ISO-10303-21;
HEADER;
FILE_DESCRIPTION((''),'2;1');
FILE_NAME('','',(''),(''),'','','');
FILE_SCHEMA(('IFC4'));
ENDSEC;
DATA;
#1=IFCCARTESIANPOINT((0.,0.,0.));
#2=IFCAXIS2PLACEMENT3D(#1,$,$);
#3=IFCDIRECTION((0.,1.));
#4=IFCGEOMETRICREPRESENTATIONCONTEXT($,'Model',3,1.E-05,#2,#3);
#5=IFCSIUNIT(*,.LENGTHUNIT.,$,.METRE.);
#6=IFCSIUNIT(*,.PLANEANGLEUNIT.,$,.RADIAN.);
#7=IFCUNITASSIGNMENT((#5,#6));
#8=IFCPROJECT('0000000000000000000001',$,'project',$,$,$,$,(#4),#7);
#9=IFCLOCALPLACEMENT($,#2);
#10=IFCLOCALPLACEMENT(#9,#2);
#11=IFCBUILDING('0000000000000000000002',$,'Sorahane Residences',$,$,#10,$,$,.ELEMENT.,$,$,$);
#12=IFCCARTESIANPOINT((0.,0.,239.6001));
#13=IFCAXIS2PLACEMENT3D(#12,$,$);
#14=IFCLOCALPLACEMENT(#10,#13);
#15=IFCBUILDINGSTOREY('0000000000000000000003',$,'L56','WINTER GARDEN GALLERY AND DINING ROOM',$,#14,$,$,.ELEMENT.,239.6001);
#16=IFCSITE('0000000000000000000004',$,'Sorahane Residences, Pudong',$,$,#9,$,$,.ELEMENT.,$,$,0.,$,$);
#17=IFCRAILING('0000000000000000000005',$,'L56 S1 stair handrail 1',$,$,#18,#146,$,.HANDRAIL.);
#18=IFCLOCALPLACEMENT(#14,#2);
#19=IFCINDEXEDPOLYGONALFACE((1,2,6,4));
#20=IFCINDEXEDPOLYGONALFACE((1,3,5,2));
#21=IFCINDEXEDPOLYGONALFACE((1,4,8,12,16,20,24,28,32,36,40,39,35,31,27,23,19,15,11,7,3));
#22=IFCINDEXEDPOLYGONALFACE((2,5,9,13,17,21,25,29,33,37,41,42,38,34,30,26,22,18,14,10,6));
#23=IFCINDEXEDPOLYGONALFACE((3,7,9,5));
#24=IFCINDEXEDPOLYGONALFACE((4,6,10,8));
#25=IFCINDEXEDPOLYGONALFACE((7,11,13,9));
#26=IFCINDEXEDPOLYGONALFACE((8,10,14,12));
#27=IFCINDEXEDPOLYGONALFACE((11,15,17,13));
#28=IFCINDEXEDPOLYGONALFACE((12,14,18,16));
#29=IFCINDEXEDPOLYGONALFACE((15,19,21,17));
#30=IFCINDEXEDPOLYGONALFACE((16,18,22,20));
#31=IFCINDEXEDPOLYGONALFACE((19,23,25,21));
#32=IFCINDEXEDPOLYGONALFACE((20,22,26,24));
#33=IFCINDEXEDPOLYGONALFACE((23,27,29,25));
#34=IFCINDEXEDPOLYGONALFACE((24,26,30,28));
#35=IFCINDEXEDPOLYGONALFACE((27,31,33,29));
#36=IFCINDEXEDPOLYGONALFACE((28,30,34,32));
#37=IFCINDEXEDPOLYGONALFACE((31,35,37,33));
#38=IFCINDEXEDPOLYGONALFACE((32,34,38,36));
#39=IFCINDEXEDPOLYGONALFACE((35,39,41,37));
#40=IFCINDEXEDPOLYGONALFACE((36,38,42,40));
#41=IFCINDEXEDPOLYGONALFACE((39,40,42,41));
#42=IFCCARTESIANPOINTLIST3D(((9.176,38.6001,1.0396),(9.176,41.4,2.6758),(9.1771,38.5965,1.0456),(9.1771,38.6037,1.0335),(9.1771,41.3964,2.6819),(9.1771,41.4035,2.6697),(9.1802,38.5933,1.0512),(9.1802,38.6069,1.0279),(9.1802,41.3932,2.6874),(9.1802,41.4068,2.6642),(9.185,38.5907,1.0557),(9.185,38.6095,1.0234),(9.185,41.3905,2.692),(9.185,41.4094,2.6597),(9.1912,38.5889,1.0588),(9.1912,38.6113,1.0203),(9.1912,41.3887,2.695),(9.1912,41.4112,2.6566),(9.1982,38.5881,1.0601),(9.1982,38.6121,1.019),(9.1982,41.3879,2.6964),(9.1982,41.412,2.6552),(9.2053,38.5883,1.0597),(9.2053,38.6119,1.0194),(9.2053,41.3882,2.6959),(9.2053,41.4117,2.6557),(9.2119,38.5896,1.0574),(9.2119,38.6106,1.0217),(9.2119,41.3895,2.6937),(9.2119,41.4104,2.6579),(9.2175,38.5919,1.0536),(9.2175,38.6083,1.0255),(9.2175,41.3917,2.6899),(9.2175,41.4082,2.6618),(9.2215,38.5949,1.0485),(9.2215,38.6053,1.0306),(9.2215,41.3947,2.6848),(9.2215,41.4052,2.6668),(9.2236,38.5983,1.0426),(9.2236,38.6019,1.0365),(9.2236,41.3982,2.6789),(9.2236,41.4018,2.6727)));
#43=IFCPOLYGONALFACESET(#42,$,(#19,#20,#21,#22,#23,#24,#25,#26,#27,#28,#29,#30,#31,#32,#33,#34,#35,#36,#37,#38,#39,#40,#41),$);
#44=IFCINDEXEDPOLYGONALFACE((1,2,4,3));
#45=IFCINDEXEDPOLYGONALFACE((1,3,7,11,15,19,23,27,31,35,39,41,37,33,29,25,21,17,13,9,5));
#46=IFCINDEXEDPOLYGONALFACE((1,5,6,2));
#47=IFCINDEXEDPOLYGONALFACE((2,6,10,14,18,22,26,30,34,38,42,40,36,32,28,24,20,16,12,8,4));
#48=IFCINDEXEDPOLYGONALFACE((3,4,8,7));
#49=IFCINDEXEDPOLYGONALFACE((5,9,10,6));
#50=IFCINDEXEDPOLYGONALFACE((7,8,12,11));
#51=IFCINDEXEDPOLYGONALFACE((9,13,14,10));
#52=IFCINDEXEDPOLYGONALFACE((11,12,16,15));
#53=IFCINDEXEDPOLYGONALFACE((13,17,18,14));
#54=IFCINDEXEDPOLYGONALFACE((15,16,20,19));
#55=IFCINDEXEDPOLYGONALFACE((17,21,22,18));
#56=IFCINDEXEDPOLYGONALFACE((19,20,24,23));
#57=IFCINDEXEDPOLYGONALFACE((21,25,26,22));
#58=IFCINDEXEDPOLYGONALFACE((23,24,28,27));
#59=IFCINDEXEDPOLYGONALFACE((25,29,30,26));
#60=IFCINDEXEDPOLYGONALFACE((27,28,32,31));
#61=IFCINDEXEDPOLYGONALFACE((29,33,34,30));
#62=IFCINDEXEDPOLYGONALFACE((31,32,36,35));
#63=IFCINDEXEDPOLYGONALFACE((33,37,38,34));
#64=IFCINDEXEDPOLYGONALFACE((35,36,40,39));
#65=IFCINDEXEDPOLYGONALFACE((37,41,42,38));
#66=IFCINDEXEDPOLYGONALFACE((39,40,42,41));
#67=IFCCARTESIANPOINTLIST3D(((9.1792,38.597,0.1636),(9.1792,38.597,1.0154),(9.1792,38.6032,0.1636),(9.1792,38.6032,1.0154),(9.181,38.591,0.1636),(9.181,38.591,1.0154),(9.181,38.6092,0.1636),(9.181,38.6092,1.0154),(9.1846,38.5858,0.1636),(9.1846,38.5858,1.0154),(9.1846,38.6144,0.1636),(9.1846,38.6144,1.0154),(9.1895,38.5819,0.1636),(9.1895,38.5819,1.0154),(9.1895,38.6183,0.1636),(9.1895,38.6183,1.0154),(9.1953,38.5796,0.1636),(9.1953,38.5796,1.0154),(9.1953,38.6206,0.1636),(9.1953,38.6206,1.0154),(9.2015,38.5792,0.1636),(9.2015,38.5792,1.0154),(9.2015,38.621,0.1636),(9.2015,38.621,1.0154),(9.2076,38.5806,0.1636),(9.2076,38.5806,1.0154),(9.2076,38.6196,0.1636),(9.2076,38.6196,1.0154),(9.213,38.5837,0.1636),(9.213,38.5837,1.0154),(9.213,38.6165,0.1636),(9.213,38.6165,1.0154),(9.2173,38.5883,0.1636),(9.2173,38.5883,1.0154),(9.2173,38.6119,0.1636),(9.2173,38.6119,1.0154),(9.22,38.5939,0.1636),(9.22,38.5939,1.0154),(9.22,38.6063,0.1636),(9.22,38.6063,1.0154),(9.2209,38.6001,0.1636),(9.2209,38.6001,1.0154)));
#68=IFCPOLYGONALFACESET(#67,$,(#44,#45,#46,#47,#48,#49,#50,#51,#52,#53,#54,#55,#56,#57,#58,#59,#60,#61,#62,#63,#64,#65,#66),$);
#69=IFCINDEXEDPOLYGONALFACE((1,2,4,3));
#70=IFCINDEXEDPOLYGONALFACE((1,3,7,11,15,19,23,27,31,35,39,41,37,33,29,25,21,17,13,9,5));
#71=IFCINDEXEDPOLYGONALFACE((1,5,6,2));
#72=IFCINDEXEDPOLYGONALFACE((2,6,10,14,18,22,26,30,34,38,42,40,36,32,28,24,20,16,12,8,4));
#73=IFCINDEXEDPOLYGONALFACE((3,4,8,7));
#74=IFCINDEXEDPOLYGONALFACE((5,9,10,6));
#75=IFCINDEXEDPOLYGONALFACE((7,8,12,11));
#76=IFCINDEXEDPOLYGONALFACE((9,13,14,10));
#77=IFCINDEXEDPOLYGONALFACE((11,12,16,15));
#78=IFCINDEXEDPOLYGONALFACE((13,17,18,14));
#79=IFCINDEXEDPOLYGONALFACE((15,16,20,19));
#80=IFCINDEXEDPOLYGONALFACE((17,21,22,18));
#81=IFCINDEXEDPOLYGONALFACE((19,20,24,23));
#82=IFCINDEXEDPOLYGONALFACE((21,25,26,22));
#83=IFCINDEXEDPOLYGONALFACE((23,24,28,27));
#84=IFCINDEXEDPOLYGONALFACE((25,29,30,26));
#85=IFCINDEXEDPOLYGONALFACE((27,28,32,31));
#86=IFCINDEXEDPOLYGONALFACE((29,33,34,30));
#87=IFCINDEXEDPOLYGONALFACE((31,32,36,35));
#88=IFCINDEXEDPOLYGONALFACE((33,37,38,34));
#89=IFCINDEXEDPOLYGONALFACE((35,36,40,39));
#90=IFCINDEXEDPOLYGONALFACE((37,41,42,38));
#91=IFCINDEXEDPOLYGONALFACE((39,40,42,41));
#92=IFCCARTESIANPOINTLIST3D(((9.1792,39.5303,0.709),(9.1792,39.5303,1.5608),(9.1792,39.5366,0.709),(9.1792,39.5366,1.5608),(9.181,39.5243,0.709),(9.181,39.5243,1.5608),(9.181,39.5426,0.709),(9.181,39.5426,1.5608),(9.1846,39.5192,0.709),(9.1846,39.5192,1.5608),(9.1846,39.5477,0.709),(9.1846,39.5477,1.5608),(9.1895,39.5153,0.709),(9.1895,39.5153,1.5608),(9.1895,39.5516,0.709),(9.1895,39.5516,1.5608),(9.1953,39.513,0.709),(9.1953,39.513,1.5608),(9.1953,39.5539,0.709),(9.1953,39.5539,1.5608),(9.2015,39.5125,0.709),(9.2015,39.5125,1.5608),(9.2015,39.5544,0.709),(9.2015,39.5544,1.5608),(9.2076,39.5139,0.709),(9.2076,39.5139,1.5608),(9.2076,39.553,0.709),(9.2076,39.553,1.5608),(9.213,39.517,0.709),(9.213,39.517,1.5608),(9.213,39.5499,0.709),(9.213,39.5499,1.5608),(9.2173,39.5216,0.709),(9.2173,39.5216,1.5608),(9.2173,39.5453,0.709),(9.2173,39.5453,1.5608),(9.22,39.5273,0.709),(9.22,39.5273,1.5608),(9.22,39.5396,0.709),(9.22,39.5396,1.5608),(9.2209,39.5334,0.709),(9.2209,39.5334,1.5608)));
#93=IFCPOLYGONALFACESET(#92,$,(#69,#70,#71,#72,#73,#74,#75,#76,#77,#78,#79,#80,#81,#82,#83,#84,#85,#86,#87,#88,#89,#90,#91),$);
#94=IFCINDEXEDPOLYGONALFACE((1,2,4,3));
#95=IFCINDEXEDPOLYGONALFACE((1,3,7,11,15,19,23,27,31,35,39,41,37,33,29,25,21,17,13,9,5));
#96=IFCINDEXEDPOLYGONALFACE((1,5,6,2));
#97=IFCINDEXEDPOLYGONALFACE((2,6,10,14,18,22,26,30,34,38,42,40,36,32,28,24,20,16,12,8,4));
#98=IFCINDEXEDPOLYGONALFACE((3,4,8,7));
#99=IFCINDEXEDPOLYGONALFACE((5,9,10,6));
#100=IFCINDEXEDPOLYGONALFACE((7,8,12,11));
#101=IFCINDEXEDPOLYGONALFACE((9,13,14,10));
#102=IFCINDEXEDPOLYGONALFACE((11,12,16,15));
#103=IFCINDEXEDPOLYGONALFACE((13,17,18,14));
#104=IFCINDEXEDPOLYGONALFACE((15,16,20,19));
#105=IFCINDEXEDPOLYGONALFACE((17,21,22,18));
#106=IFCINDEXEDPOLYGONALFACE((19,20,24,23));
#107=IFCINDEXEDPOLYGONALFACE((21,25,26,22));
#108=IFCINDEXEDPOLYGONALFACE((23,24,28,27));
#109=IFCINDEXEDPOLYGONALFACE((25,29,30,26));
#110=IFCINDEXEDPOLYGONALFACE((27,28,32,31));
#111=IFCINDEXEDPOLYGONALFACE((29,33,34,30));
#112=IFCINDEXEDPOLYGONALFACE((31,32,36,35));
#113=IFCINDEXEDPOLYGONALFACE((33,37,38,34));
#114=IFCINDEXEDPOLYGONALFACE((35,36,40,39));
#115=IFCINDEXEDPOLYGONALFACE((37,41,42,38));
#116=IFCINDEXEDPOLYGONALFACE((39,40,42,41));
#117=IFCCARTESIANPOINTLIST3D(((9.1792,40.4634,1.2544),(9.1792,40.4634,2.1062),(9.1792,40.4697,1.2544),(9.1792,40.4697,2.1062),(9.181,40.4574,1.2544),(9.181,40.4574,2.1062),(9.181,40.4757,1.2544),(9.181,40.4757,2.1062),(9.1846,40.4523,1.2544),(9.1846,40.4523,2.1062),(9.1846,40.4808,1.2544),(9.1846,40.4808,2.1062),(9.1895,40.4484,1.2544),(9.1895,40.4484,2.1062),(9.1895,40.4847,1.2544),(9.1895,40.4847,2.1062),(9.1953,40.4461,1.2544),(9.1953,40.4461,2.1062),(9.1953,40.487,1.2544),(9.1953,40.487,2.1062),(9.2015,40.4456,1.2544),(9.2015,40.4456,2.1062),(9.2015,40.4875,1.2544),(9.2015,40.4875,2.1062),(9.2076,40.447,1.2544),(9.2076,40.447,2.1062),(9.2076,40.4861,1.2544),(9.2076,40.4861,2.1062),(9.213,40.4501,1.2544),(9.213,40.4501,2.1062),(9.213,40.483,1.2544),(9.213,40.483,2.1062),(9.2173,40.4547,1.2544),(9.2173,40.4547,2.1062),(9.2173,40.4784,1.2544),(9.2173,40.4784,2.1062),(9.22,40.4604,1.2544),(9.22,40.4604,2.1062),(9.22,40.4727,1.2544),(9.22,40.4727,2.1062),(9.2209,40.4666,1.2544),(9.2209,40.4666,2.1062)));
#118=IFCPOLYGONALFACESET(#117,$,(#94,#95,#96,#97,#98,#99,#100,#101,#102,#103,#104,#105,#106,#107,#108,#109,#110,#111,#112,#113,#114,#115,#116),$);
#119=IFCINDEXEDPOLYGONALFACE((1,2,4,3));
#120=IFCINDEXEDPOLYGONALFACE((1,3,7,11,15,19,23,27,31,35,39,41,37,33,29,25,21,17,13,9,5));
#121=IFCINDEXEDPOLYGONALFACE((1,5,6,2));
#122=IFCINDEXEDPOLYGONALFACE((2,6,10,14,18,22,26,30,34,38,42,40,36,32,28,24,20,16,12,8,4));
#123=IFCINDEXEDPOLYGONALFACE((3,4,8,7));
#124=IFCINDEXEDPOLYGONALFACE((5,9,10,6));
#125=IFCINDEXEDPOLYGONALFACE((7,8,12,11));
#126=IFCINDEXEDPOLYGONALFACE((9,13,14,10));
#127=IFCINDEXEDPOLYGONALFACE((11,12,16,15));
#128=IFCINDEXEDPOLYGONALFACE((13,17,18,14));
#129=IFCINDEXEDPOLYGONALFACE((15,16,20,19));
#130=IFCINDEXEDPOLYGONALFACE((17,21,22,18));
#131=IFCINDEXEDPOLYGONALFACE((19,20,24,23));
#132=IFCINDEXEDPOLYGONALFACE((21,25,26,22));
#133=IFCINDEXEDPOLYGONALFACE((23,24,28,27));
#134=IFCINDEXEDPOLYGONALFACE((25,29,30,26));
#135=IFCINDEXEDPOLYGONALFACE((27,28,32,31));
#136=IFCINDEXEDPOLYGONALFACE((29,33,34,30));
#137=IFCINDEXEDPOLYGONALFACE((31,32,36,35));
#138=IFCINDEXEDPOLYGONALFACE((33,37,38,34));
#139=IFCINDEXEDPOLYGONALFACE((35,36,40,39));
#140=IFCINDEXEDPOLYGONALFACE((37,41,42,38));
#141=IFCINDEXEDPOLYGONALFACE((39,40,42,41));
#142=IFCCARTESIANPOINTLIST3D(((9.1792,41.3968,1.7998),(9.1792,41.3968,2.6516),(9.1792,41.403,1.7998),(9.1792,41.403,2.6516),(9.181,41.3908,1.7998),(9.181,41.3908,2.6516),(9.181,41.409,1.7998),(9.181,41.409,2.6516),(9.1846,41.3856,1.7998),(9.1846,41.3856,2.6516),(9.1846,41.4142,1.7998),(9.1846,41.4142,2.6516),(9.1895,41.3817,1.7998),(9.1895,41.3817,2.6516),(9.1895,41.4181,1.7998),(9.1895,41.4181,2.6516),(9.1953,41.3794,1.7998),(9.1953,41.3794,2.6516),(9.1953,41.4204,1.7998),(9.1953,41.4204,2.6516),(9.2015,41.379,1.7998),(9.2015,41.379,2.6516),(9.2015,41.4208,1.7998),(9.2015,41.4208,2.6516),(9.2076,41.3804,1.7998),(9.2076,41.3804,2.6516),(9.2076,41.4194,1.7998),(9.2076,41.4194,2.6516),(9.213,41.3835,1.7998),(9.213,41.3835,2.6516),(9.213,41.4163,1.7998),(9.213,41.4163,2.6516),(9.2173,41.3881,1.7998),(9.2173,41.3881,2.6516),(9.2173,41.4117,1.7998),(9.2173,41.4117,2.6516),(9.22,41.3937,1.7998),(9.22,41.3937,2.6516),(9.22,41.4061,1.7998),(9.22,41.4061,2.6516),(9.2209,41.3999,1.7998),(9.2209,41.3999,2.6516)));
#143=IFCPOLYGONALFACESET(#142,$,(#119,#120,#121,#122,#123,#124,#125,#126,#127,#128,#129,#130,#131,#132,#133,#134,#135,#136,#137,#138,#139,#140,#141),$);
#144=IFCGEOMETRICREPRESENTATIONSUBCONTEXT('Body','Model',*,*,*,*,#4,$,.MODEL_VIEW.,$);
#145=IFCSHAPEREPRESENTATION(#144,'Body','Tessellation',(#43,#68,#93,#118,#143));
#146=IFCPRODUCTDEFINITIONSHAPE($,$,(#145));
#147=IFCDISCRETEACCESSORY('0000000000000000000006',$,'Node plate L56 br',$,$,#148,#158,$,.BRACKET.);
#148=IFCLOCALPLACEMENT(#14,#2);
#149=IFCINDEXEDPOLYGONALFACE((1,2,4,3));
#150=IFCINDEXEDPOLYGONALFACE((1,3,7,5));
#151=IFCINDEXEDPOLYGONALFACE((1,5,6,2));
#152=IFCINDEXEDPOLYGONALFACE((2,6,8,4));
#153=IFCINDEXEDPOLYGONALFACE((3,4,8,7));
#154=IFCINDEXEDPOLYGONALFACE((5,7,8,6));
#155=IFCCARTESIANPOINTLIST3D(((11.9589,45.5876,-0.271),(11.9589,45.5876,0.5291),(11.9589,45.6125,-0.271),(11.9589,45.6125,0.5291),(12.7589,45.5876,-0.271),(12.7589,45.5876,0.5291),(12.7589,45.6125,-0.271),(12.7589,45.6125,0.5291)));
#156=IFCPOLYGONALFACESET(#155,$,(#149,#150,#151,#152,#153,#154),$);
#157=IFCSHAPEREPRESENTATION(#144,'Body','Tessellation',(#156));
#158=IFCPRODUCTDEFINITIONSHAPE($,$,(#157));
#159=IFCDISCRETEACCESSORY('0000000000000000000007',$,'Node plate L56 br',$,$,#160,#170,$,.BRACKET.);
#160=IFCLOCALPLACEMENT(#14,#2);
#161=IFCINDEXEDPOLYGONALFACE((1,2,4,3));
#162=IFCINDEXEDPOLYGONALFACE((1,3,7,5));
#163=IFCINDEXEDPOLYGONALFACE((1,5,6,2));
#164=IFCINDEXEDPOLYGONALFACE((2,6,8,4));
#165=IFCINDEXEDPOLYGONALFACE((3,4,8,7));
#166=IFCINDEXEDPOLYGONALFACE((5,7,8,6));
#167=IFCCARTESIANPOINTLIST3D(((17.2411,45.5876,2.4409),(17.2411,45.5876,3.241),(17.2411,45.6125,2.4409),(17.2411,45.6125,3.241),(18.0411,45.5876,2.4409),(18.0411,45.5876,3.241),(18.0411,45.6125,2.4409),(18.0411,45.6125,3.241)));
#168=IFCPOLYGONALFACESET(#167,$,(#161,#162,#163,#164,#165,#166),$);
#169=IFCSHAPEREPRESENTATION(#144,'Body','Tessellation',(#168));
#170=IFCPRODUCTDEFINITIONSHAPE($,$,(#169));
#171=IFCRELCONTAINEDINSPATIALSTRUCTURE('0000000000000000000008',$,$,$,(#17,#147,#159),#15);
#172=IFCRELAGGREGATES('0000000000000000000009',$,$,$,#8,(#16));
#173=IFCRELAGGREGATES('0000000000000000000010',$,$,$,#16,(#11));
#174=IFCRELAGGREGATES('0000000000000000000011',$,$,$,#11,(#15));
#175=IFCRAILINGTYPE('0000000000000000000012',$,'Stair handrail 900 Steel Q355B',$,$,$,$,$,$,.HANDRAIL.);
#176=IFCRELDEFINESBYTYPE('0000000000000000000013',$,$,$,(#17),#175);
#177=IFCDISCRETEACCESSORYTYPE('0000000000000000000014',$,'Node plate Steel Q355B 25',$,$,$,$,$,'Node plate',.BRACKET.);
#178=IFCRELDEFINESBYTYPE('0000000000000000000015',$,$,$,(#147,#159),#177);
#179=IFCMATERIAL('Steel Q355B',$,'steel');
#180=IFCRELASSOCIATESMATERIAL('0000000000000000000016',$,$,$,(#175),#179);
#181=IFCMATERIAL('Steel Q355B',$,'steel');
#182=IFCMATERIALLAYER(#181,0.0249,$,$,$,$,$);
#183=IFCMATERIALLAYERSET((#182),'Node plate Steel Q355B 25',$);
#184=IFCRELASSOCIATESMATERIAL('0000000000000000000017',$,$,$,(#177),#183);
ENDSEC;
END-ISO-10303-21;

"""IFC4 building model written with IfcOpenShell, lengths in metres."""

from ifc_helpers import new_model, si_unit, direction, frame, origin, origin_2d, place, context, subcontext, project, spatial, rectangle, circle, extrude, material, layer, layer_set, type_object, element, save


model = new_model("IFC4")

# Units and contexts
model_context = context("Model", 3, precision=1e-05, world=origin(), true_north=direction((0.0, 1.0)))
body_context = subcontext(model_context, "Body", "Model", "MODEL_VIEW")
ifc_project = project(units=[si_unit("LENGTHUNIT", "METRE"), si_unit("PLANEANGLEUNIT", "RADIAN")], contexts=[model_context])

# Site, building, storey
site_placement = place(None, origin())
site = spatial("IfcSite", under=ifc_project, at=site_placement, Name="Sorahane Residences, Pudong", CompositionType="ELEMENT", RefElevation=0.0)
building_placement = place(site_placement, origin())
building = spatial("IfcBuilding", under=site, at=building_placement, Name="Sorahane Residences", CompositionType="ELEMENT")
storey_placement = place(building_placement, frame((0.0, 0.0, 239.6001)))
storey = spatial("IfcBuildingStorey", under=building, at=storey_placement, Name="L56", Description="WINTER GARDEN GALLERY AND DINING ROOM", CompositionType="ELEMENT", Elevation=239.6001)

# Railing
ifc_material_1 = material(Name="Steel Q355B", Category="steel")
railing_type_1 = type_object("IfcRailingType", Name="Stair handrail 900 Steel Q355B", PredefinedType="HANDRAIL", material=ifc_material_1)
railing_1_placement = place(storey_placement, frame((9.2, 38.6001, 0.1636)))
element("IfcRailing", 1, at=railing_1_placement, inside=storey, type_object=railing_type_1, Name="L56 S1 stair handrail 1", PredefinedType="HANDRAIL", context=body_context, shape_type="SweptSolid", body=[
    extrude(circle(Radius=0.0239, at=origin_2d()), frame((0.0, 0.0, 0.876), z_axis=(0.0, 0.863374, 0.504564), x_axis=(-1.0, 0.0, 0.0)), (0.0, 0.0, 1.0), 3.2429),
    extrude(circle(Radius=0.021, at=origin_2d()), origin(), (0.0, 0.0, 1.0), 0.8518),
    extrude(circle(Radius=0.021, at=origin_2d()), frame((0.0, 0.9333, 0.5454)), (0.0, 0.0, 1.0), 0.8518),
    extrude(circle(Radius=0.021, at=origin_2d()), frame((0.0, 1.8665, 1.0908)), (0.0, 0.0, 1.0), 0.8518),
    extrude(circle(Radius=0.021, at=origin_2d()), frame((0.0, 2.7998, 1.6362)), (0.0, 0.0, 1.0), 0.8518),
])

# Discrete accessories
ifc_material_2 = material(Name="Steel Q355B", Category="steel")
ifc_layer_1 = layer(ifc_material_2, 0.0249)
ifc_layer_set_1 = layer_set([ifc_layer_1], Name="Node plate Steel Q355B 25")
discrete_accessory_type = type_object("IfcDiscreteAccessoryType", Name="Node plate Steel Q355B 25", ElementType="Node plate", PredefinedType="BRACKET", material=ifc_layer_set_1)
for number, where, z_axis, x_axis, name in (
    (2, (12.3589, 45.6001, -0.271), (0.0, 0.0, 1.0), (1.0, 0.0, 0.0), "Node plate L56 br"),
    (3, (17.6411, 45.6001, 2.4409), (0.0, 0.0, 1.0), (1.0, 0.0, 0.0), "Node plate L56 br"),
):
    element("IfcDiscreteAccessory", number, at=place(storey_placement, frame(where, z_axis=z_axis, x_axis=x_axis)), inside=storey, type_object=discrete_accessory_type, Name=name, PredefinedType="BRACKET", context=body_context, shape_type="SweptSolid", body=[
        extrude(rectangle(XDim=0.8, YDim=0.0249, at=origin_2d()), origin(), (0.0, 0.0, 1.0), 0.8),
    ])

save(model, "model.ifc")
